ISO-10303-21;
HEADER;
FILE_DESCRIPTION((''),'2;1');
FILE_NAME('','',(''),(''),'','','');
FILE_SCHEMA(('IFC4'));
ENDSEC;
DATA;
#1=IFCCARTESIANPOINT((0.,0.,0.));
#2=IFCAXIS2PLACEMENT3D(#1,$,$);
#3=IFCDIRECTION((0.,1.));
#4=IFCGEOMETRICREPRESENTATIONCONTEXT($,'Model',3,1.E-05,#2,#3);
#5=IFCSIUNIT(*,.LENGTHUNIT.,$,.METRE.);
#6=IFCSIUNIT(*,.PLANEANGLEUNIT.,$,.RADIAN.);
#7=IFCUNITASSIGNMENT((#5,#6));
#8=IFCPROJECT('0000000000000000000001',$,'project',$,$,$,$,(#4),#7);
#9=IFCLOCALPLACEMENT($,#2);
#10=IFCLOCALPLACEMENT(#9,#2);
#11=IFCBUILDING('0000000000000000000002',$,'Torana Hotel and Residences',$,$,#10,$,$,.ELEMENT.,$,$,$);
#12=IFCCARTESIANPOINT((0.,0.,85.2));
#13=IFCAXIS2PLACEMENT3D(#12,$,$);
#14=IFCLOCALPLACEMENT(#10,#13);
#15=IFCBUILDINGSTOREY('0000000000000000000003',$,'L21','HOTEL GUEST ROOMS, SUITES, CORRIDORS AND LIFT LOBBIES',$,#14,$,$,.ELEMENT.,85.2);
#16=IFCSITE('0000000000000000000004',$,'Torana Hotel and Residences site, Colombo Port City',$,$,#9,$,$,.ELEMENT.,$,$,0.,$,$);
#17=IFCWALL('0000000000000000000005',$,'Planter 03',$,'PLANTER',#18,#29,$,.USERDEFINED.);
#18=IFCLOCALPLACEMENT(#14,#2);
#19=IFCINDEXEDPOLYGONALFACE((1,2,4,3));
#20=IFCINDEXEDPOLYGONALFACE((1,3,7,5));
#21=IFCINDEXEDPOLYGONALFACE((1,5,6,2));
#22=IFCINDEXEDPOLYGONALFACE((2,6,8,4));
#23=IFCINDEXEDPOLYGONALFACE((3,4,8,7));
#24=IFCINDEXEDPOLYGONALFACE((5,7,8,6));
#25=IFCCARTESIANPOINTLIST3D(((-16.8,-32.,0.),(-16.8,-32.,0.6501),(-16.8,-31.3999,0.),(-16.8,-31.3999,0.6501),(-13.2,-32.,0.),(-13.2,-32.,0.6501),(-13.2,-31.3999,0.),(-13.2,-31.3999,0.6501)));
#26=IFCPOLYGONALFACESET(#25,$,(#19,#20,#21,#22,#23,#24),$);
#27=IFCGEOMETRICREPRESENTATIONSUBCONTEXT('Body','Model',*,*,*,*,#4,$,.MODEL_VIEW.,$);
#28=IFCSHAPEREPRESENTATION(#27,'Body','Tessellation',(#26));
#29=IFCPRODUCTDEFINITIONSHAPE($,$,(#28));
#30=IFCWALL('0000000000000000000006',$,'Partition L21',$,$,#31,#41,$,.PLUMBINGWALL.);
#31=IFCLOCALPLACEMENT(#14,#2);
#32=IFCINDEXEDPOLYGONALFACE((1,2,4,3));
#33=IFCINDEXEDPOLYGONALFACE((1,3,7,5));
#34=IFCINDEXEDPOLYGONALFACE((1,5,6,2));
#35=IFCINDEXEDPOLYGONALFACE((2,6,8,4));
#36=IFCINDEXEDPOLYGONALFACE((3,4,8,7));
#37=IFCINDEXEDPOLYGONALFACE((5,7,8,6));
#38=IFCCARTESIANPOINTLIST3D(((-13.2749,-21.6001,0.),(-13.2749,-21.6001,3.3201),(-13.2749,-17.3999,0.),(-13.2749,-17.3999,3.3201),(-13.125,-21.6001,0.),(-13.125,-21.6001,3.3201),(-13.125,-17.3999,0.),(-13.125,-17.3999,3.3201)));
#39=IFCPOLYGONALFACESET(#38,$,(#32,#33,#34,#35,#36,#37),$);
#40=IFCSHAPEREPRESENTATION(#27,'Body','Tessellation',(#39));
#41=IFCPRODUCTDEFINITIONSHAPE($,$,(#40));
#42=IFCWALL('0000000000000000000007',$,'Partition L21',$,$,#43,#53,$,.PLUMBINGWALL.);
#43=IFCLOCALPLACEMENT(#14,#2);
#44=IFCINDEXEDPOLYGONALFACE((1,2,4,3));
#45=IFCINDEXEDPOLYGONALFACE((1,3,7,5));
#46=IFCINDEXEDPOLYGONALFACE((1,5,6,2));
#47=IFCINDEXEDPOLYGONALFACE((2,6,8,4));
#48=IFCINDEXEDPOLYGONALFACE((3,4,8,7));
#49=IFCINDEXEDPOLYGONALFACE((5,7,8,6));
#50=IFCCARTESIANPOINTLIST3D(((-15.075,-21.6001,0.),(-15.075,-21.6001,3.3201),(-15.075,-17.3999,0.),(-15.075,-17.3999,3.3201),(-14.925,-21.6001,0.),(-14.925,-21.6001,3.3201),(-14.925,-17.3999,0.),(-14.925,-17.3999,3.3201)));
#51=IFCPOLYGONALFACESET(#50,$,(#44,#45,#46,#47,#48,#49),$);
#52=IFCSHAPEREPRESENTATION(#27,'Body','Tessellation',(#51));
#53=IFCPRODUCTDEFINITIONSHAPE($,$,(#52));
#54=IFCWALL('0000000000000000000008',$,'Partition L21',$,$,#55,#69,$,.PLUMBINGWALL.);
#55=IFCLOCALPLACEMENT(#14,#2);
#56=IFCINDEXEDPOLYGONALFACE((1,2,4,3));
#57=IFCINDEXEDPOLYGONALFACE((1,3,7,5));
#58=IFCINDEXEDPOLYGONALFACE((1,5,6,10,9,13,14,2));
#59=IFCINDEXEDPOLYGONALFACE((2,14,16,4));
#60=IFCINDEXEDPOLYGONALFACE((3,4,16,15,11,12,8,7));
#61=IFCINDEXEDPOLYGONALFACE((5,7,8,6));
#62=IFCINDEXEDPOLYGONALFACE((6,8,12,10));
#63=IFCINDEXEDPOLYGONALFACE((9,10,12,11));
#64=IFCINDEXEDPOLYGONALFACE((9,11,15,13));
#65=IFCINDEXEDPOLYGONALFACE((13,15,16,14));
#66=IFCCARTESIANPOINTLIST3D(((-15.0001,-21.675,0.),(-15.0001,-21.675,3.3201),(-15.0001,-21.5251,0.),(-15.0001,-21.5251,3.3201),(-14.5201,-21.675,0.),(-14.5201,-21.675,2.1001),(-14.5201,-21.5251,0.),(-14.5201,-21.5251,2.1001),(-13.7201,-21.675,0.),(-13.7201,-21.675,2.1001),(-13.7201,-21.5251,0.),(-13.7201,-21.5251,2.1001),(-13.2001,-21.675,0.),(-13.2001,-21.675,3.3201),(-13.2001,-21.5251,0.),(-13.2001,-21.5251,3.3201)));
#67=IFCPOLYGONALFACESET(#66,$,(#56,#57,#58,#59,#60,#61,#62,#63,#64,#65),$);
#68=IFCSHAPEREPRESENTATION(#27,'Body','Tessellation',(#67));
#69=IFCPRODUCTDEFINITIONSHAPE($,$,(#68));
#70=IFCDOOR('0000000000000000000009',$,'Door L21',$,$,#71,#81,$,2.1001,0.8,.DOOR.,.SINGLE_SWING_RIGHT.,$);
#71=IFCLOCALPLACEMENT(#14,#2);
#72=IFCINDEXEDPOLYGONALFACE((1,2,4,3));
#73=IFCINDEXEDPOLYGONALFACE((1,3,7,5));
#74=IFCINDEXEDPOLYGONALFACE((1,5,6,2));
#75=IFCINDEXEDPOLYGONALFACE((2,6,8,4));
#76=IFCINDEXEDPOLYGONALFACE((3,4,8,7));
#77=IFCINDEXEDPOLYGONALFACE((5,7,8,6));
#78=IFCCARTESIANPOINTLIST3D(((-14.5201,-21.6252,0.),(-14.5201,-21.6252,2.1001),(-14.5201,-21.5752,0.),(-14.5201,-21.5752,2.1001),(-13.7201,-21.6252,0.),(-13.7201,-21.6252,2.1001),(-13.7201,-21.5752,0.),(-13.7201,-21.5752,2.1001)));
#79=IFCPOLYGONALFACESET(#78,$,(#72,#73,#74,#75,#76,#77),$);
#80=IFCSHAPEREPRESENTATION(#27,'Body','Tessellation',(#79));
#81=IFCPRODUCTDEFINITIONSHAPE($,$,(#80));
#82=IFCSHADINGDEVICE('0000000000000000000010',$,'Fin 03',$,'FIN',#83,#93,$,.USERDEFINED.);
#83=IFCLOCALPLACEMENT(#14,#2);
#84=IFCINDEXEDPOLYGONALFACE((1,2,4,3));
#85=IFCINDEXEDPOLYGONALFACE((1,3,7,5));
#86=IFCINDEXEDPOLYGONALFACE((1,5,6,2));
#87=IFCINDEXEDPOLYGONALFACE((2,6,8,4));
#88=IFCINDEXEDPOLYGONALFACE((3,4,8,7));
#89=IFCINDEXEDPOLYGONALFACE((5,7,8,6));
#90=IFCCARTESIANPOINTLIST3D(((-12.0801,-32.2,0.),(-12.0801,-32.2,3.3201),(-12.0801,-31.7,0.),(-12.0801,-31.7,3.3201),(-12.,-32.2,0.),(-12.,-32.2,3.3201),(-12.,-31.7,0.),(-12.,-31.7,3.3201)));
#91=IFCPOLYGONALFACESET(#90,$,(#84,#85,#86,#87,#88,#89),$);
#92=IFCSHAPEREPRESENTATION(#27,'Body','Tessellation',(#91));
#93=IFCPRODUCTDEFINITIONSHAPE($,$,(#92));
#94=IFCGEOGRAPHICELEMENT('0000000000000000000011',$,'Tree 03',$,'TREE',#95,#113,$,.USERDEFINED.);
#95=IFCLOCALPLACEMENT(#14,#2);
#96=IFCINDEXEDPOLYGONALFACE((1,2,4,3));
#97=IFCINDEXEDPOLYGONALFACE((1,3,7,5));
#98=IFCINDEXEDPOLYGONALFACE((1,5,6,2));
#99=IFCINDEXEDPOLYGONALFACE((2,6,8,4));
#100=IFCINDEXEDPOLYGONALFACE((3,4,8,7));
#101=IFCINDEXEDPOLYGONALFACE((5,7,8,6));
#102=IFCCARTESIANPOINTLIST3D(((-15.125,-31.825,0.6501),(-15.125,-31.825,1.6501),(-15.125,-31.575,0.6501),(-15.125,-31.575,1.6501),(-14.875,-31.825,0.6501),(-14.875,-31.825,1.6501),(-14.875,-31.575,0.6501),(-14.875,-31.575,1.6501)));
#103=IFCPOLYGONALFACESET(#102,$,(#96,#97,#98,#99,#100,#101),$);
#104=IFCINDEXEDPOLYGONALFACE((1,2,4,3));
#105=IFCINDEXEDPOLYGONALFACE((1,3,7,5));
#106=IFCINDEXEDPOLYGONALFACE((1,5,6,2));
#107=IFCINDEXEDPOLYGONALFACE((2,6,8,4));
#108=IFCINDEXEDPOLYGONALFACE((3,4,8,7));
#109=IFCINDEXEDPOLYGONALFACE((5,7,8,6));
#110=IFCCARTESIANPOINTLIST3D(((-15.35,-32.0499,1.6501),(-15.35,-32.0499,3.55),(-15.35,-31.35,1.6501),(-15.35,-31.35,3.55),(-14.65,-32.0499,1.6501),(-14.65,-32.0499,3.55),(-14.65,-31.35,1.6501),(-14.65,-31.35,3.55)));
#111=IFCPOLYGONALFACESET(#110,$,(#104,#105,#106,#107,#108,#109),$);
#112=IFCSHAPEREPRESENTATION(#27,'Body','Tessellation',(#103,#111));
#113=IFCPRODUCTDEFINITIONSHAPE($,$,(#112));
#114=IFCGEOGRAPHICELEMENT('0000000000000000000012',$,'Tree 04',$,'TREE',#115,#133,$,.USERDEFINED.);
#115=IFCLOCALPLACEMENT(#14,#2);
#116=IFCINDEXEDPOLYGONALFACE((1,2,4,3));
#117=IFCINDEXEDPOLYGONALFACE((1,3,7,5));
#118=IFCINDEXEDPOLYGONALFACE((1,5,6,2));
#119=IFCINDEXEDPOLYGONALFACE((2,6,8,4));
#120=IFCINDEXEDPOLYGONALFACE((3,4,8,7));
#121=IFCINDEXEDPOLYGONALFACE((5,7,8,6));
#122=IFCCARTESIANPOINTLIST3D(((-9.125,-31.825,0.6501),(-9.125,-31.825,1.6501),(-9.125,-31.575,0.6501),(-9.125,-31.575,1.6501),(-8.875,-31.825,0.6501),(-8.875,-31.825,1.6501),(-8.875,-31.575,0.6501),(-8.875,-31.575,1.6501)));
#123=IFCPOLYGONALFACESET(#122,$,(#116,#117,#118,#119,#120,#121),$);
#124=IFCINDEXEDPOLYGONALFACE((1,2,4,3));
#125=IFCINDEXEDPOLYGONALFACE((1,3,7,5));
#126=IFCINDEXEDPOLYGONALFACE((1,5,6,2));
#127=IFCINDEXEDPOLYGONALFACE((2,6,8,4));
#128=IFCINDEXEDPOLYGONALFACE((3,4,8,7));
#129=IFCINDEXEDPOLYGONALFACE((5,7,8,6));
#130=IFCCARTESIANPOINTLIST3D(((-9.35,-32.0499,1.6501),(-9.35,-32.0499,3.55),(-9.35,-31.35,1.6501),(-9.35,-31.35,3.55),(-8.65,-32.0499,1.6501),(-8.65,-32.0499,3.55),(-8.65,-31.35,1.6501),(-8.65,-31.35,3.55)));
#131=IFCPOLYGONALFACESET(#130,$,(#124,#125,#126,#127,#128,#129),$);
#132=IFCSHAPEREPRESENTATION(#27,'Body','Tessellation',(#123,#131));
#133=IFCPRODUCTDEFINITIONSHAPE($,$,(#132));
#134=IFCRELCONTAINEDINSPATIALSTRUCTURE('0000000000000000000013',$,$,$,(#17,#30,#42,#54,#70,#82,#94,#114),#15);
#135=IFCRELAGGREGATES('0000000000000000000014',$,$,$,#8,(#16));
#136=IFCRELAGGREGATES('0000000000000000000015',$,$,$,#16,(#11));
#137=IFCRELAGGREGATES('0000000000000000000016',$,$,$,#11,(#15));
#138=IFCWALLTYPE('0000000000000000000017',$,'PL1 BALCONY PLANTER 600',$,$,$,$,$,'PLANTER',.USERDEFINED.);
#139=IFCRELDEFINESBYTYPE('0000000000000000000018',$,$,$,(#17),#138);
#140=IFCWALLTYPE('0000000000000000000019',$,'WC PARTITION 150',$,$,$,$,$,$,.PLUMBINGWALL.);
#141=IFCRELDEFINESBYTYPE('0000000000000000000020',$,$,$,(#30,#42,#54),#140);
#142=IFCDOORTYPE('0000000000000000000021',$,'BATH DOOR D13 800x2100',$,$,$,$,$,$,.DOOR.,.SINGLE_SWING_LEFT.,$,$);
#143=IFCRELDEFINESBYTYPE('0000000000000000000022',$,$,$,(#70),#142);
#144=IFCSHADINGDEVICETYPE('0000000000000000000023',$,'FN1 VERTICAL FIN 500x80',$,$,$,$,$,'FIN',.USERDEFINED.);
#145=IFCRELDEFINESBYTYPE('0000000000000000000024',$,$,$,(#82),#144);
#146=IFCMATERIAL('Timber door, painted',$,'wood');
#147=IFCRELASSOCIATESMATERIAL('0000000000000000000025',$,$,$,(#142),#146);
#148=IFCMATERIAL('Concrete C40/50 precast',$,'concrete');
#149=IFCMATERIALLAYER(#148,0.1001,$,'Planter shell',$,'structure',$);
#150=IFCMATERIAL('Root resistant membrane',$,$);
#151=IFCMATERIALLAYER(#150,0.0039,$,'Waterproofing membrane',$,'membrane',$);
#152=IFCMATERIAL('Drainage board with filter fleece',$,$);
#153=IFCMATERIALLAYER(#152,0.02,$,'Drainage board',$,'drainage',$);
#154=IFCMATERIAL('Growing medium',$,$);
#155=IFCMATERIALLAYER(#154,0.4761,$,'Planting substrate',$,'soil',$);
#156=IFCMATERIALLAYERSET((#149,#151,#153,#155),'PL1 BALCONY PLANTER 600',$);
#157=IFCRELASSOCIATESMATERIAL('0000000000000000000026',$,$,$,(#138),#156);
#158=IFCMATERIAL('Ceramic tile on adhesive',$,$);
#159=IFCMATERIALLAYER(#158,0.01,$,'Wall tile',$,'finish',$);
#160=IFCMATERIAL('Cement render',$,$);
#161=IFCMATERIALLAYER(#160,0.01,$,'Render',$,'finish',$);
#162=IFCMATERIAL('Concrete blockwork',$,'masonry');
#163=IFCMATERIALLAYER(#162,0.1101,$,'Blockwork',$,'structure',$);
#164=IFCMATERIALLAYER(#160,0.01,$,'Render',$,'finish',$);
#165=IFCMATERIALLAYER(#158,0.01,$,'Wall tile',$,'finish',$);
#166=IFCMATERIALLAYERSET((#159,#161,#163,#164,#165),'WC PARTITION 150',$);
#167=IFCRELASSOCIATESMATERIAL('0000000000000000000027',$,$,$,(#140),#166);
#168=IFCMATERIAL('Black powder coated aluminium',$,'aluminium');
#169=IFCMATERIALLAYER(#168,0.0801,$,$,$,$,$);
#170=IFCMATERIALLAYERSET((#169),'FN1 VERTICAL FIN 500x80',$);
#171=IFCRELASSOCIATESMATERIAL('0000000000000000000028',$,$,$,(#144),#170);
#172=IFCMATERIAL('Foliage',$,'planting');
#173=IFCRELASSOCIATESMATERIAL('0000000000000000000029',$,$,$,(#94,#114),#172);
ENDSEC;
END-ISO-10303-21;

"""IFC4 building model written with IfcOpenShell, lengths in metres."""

from ifc_helpers import new_model, si_unit, direction, frame, frame_2d, origin, origin_2d, place, context, subcontext, project, spatial, rectangle, extrude, material, layer, layer_set, type_object, element, fill, save


model = new_model("IFC4")

# Units and contexts
model_context = context("Model", 3, precision=1e-05, world=origin(), true_north=direction((0.0, 1.0)))
body_context = subcontext(model_context, "Body", "Model", "MODEL_VIEW")
ifc_project = project(units=[si_unit("LENGTHUNIT", "METRE"), si_unit("PLANEANGLEUNIT", "RADIAN")], contexts=[model_context])

# Site, building, storey
site_placement = place(None, origin())
site = spatial("IfcSite", under=ifc_project, at=site_placement, Name="Torana Hotel and Residences site, Colombo Port City", CompositionType="ELEMENT", RefElevation=0.0)
building_placement = place(site_placement, origin())
building = spatial("IfcBuilding", under=site, at=building_placement, Name="Torana Hotel and Residences", CompositionType="ELEMENT")
storey_placement = place(building_placement, frame((0.0, 0.0, 85.2)))
storey = spatial("IfcBuildingStorey", under=building, at=storey_placement, Name="L21", Description="HOTEL GUEST ROOMS, SUITES, CORRIDORS AND LIFT LOBBIES", CompositionType="ELEMENT", Elevation=85.2)

# Shared definitions
ifc_material_1 = material(Name="Timber door, painted", Category="wood")
door_type_1 = type_object("IfcDoorType", Name="BATH DOOR D13 800x2100", OperationType="SINGLE_SWING_LEFT", PredefinedType="DOOR", material=ifc_material_1)

# Walls
ifc_material_2 = material(Name="Concrete C40/50 precast", Category="concrete")
ifc_layer_1 = layer(ifc_material_2, 0.1001, Name="Planter shell", Category="structure")
ifc_material_3 = material(Name="Root resistant membrane")
ifc_layer_2 = layer(ifc_material_3, 0.0039, Name="Waterproofing membrane", Category="membrane")
ifc_material_4 = material(Name="Drainage board with filter fleece")
ifc_layer_3 = layer(ifc_material_4, 0.02, Name="Drainage board", Category="drainage")
ifc_material_5 = material(Name="Growing medium")
ifc_layer_4 = layer(ifc_material_5, 0.4761, Name="Planting substrate", Category="soil")
ifc_layer_set_1 = layer_set([ifc_layer_1, ifc_layer_2, ifc_layer_3, ifc_layer_4], Name="PL1 BALCONY PLANTER 600")
wall_type_1 = type_object("IfcWallType", Name="PL1 BALCONY PLANTER 600", ElementType="PLANTER", PredefinedType="USERDEFINED", material=ifc_layer_set_1)
wall_1_placement = place(storey_placement, frame((-13.2, -31.7, 0.0), z_axis=(0.0, 0.0, 1.0), x_axis=(-1.0, 0.0, 0.0)))
element("IfcWall", 1, at=wall_1_placement, inside=storey, type_object=wall_type_1, Name="Planter 03", ObjectType="PLANTER", PredefinedType="USERDEFINED", context=body_context, shape_type="SweptSolid", body=[
    extrude(rectangle(XDim=3.6001, YDim=0.6001, at=frame_2d((1.8, 0.0))), origin(), (0.0, 0.0, 1.0), 0.6501),
])
ifc_material_6 = material(Name="Ceramic tile on adhesive")
ifc_layer_5 = layer(ifc_material_6, 0.01, Name="Wall tile", Category="finish")
ifc_material_7 = material(Name="Cement render")
ifc_layer_6 = layer(ifc_material_7, 0.01, Name="Render", Category="finish")
ifc_material_8 = material(Name="Concrete blockwork", Category="masonry")
ifc_layer_7 = layer(ifc_material_8, 0.1101, Name="Blockwork", Category="structure")
ifc_layer_8 = layer(ifc_material_7, 0.01, Name="Render", Category="finish")
ifc_layer_9 = layer(ifc_material_6, 0.01, Name="Wall tile", Category="finish")
ifc_layer_set_2 = layer_set([ifc_layer_5, ifc_layer_6, ifc_layer_7, ifc_layer_8, ifc_layer_9], Name="WC PARTITION 150")
wall_type_2 = type_object("IfcWallType", Name="WC PARTITION 150", PredefinedType="PLUMBINGWALL", material=ifc_layer_set_2)
for number, where, z_axis, x_axis, name in (
    (2, (-13.2, -21.6001, 0.0), (0.0, 0.0, 1.0), (0.0, 1.0, 0.0), "Partition L21"),
    (3, (-15.0, -21.6001, 0.0), (0.0, 0.0, 1.0), (0.0, 1.0, 0.0), "Partition L21"),
):
    element("IfcWall", number, at=place(storey_placement, frame(where, z_axis=z_axis, x_axis=x_axis)), inside=storey, type_object=wall_type_2, Name=name, PredefinedType="PLUMBINGWALL", context=body_context, shape_type="SweptSolid", body=[
        extrude(rectangle(XDim=4.2002, YDim=0.1499, at=frame_2d((2.1001, 0.0))), origin(), (0.0, 0.0, 1.0), 3.3201),
    ])

# Wall, opening, door
wall_2_placement = place(storey_placement, frame((-15.0, -21.6001, 0.0), z_axis=(0.0, 0.0, 1.0), x_axis=(1.0, 0.0, 0.0)))
wall_2 = element("IfcWall", 4, at=wall_2_placement, inside=storey, type_object=wall_type_2, Name="Partition L21", PredefinedType="PLUMBINGWALL", context=body_context, shape_type="SweptSolid", body=[
    extrude(rectangle(XDim=1.8, YDim=0.1499, at=frame_2d((0.8999, 0.0))), origin(), (0.0, 0.0, 1.0), 3.3201),
])
opening_1_placement = place(wall_2_placement, frame((0.48, 0.0, 0.0)))
opening_1 = element("IfcOpeningElement", 5, at=opening_1_placement, cuts=wall_2, PredefinedType="OPENING", context=body_context, shape_type="SweptSolid", body=[
    extrude(rectangle(XDim=0.8, YDim=2.1001, at=frame_2d((0.3999, 1.05))), frame((0.0, 0.085, 0.0), z_axis=(0.0, -1.0, 0.0), x_axis=(1.0, 0.0, 0.0)), (0.0, 0.0, 1.0), 0.1699),
])
door_1_placement = place(opening_1_placement, origin())
door_1 = element("IfcDoor", 6, at=door_1_placement, inside=storey, type_object=door_type_1, Name="Door L21", OperationType="SINGLE_SWING_RIGHT", OverallHeight=2.1001, OverallWidth=0.8, PredefinedType="DOOR", context=body_context, shape_type="SweptSolid", body=[
    extrude(rectangle(XDim=0.8, YDim=2.1001, at=frame_2d((0.3999, 1.05))), frame((0.0, 0.0249, 0.0), z_axis=(0.0, -1.0, 0.0), x_axis=(1.0, 0.0, 0.0)), (0.0, 0.0, 1.0), 0.05),
])
fill(opening_1, door_1)

# Shading device
ifc_material_9 = material(Name="Black powder coated aluminium", Category="aluminium")
ifc_layer_10 = layer(ifc_material_9, 0.0801)
ifc_layer_set_3 = layer_set([ifc_layer_10], Name="FN1 VERTICAL FIN 500x80")
shading_device_type = type_object("IfcShadingDeviceType", Name="FN1 VERTICAL FIN 500x80", ElementType="FIN", PredefinedType="USERDEFINED", material=ifc_layer_set_3)
shading_device_placement = place(storey_placement, frame((-12.04, -31.95, 0.0), z_axis=(0.0, 0.0, 1.0), x_axis=(-1.0, 0.0, 0.0)))
element("IfcShadingDevice", 7, at=shading_device_placement, inside=storey, type_object=shading_device_type, Name="Fin 03", ObjectType="FIN", PredefinedType="USERDEFINED", context=body_context, shape_type="SweptSolid", body=[
    extrude(rectangle(XDim=0.0801, YDim=0.5, at=origin_2d()), origin(), (0.0, 0.0, 1.0), 3.3201),
])

# Geographic elements
ifc_material_10 = material(Name="Foliage", Category="planting")
for number, where, z_axis, x_axis, name in (
    (8, (-15.0, -31.7, 0.6501), (0.0, 0.0, 1.0), (1.0, 0.0, 0.0), "Tree 03"),
    (9, (-9.0, -31.7, 0.6501), (0.0, 0.0, 1.0), (1.0, 0.0, 0.0), "Tree 04"),
):
    element("IfcGeographicElement", number, at=place(storey_placement, frame(where, z_axis=z_axis, x_axis=x_axis)), inside=storey, material=ifc_material_10, Name=name, ObjectType="TREE", PredefinedType="USERDEFINED", context=body_context, shape_type="SweptSolid", body=[
        extrude(rectangle(XDim=0.25, YDim=0.25, at=origin_2d()), origin(), (0.0, 0.0, 1.0), 1.0),
        extrude(rectangle(XDim=0.7, YDim=0.7, at=origin_2d()), frame((0.0, 0.0, 1.0)), (0.0, 0.0, 1.0), 1.8999),
    ])

save(model, "model.ifc")
